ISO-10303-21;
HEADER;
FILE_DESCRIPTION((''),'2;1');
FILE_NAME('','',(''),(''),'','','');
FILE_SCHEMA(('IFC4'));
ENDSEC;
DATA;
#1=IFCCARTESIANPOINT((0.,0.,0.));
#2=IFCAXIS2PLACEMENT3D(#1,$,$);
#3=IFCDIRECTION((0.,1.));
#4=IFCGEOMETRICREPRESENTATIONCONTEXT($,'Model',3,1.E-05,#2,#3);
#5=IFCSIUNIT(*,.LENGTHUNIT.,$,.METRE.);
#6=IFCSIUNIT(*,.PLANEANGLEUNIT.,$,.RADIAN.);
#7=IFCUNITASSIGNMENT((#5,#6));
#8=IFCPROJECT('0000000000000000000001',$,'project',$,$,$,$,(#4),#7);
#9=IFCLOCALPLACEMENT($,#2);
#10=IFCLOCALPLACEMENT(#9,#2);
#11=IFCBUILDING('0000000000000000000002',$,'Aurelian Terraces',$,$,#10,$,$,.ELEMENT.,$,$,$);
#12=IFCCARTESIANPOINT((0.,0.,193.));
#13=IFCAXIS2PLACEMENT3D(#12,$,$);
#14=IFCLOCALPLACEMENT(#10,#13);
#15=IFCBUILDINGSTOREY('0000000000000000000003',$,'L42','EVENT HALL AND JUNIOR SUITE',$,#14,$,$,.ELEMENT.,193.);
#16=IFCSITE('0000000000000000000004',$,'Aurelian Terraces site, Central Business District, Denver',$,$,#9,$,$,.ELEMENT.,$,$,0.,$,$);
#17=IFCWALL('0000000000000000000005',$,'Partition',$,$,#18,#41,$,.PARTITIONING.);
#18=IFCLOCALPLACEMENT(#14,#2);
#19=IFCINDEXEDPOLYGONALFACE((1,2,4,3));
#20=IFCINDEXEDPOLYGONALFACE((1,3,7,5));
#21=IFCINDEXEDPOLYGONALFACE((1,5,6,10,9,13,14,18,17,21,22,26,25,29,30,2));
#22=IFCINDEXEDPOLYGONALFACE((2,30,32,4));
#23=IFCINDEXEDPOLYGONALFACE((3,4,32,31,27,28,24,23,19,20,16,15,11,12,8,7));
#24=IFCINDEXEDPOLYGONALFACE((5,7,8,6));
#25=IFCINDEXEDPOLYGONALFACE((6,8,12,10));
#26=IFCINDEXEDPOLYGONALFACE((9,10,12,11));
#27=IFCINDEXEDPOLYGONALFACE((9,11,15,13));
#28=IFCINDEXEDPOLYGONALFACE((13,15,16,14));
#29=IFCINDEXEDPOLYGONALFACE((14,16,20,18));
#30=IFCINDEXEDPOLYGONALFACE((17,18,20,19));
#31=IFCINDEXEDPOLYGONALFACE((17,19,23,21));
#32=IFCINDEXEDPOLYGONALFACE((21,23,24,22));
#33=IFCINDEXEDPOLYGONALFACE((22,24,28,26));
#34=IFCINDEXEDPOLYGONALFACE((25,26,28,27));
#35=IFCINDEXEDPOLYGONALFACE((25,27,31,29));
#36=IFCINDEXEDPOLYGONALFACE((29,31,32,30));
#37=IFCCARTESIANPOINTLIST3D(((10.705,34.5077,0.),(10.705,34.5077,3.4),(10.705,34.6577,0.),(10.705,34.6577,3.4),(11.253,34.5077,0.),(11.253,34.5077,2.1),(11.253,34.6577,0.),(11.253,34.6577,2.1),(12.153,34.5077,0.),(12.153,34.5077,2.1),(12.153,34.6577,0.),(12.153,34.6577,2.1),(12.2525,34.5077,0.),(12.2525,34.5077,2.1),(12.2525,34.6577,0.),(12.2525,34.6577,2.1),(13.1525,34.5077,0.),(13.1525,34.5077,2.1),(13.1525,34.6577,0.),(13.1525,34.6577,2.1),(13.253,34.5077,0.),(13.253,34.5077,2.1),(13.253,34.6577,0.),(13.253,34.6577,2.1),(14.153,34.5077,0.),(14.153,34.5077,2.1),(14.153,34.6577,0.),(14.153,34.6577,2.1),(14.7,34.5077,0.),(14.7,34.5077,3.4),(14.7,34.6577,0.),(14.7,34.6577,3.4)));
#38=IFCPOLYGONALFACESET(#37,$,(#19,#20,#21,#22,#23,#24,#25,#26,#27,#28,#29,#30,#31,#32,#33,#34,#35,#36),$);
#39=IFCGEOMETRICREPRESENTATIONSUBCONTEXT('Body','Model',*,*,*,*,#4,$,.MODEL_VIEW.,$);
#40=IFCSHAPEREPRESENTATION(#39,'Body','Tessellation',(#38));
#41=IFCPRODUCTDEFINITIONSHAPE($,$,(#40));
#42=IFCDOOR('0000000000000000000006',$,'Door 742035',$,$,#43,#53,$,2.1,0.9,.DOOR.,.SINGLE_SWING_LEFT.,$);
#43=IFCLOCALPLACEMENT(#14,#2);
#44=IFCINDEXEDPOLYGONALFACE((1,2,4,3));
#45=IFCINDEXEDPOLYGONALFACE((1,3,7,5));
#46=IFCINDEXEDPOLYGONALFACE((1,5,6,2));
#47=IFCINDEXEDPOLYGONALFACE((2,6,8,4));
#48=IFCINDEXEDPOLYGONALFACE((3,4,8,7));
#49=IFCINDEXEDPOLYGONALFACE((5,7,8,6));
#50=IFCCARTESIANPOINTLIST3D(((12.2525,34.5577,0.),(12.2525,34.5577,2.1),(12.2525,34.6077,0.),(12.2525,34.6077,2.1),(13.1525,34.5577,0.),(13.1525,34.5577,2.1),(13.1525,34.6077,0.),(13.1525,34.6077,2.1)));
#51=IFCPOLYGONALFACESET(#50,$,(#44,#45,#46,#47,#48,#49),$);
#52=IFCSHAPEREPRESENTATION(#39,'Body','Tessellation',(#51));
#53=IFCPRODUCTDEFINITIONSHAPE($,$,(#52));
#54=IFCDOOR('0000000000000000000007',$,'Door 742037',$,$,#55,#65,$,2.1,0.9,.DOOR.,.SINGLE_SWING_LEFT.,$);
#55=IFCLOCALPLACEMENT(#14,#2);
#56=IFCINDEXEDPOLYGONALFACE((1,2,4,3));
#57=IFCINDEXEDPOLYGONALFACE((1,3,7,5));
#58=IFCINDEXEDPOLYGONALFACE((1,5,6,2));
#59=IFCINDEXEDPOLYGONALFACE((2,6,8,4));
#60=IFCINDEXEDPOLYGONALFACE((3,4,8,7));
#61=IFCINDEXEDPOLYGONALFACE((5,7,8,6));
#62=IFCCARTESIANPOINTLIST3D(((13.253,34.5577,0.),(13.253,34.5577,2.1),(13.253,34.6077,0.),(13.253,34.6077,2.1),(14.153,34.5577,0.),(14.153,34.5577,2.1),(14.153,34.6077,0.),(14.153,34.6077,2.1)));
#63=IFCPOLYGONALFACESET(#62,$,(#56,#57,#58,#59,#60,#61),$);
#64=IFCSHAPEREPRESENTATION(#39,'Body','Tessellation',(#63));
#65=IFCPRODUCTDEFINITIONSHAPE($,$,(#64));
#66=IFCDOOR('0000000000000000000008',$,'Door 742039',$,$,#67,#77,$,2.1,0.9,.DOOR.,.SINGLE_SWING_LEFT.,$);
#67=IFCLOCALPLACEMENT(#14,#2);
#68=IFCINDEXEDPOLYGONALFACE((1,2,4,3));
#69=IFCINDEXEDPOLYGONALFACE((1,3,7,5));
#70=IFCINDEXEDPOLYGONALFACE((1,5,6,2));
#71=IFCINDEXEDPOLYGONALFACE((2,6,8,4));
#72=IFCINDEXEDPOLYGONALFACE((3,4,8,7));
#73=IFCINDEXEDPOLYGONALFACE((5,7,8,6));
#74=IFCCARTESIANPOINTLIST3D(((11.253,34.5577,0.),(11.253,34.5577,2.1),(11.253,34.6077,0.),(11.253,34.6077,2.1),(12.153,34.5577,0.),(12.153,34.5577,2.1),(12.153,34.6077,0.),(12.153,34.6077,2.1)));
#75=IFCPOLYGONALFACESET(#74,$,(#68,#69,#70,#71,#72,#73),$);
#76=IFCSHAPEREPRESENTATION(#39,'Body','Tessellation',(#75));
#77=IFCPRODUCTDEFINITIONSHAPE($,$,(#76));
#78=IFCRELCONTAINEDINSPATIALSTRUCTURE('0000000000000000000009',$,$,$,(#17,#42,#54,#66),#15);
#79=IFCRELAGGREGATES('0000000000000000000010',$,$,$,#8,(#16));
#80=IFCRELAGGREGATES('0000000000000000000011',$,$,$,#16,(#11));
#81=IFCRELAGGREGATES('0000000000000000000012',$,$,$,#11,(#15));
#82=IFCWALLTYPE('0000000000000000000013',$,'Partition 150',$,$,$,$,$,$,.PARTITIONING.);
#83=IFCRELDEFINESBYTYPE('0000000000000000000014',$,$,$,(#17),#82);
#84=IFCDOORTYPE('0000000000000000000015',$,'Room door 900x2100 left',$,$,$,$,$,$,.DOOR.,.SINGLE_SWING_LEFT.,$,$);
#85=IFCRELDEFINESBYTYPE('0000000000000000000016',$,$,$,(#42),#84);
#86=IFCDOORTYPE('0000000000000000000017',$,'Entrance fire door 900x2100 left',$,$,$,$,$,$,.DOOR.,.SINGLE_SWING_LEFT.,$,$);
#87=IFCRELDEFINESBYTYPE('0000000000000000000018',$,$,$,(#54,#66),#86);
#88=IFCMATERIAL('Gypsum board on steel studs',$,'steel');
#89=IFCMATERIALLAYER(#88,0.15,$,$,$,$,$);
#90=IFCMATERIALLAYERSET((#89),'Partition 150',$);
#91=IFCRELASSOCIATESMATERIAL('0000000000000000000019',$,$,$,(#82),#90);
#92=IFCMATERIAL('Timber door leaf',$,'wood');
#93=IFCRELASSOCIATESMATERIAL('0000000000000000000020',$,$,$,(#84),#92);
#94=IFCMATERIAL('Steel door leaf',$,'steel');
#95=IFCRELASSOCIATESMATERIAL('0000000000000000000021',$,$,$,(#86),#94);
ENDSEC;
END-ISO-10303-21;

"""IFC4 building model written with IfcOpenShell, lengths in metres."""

from ifc_helpers import new_model, si_unit, direction, frame, frame_2d, origin, place, context, subcontext, project, spatial, rectangle, extrude, source, transform, mapped, material, layer, layer_set, type_object, element, fill, save


model = new_model("IFC4")

# Units and contexts
model_context = context("Model", 3, precision=1e-05, world=origin(), true_north=direction((0.0, 1.0)))
body_context = subcontext(model_context, "Body", "Model", "MODEL_VIEW")
ifc_project = project(units=[si_unit("LENGTHUNIT", "METRE"), si_unit("PLANEANGLEUNIT", "RADIAN")], contexts=[model_context])

# Site, building, storey
site_placement = place(None, origin())
site = spatial("IfcSite", under=ifc_project, at=site_placement, Name="Aurelian Terraces site, Central Business District, Denver", CompositionType="ELEMENT", RefElevation=0.0)
building_placement = place(site_placement, origin())
building = spatial("IfcBuilding", under=site, at=building_placement, Name="Aurelian Terraces", CompositionType="ELEMENT")
storey_placement = place(building_placement, frame((0.0, 0.0, 193.0)))
storey = spatial("IfcBuildingStorey", under=building, at=storey_placement, Name="L42", Description="EVENT HALL AND JUNIOR SUITE", CompositionType="ELEMENT", Elevation=193.0)

# Shared definitions
ifc_material_1 = material(Name="Gypsum board on steel studs", Category="steel")
shared_shape_1 = source(origin(), body_context, "Body", "SweptSolid", [
    extrude(rectangle(XDim=0.9, YDim=2.1, at=frame_2d((0.45, 1.05))), frame((0.0, 0.085, 0.0), z_axis=(0.0, -1.0, 0.0), x_axis=(1.0, 0.0, 0.0)), (0.0, 0.0, 1.0), 0.17),
])
ifc_material_2 = material(Name="Timber door leaf", Category="wood")
shared_shape_2 = source(origin(), body_context, "Body", "SweptSolid", [
    extrude(rectangle(XDim=0.9, YDim=2.1, at=frame_2d((0.45, 1.05))), frame((0.0, 0.025, 0.0), z_axis=(0.0, -1.0, 0.0), x_axis=(1.0, 0.0, 0.0)), (0.0, 0.0, 1.0), 0.05),
])
ifc_material_3 = material(Name="Steel door leaf", Category="steel")

# Shared definitions
ifc_layer_1 = layer(ifc_material_1, 0.15)
ifc_layer_set_1 = layer_set([ifc_layer_1], Name="Partition 150")
wall_type_1 = type_object("IfcWallType", Name="Partition 150", PredefinedType="PARTITIONING", material=ifc_layer_set_1)

# Shared definitions
shared_shape_3 = source(origin(), body_context, "Body", "SweptSolid", [
    extrude(rectangle(XDim=3.995, YDim=0.15, at=frame_2d((1.9975, 0.0))), origin(), (0.0, 0.0, 1.0), 3.4),
])
door_type_1 = type_object("IfcDoorType", Name="Room door 900x2100 left", OperationType="SINGLE_SWING_LEFT", PredefinedType="DOOR", material=ifc_material_2)

# Wall, openings, doors
wall_1_placement = place(storey_placement, frame((14.7, 34.5827, 0.0), z_axis=(0.0, 0.0, 1.0), x_axis=(-1.0, 0.0, 0.0)))
wall_1 = element("IfcWall", 1, at=wall_1_placement, inside=storey, type_object=wall_type_1, Name="Partition", PredefinedType="PARTITIONING", context=body_context, shape_type="MappedRepresentation", body=[
    mapped(shared_shape_3, transform((0.0, 0.0, 0.0), scale=1.0)),
])
opening_1_placement = place(wall_1_placement, frame((1.5475, 0.0, 0.0)))
opening_1 = element("IfcOpeningElement", 2, at=opening_1_placement, cuts=wall_1, PredefinedType="OPENING", context=body_context, shape_type="MappedRepresentation", body=[
    mapped(shared_shape_1, transform((0.0, 0.0, 0.0), scale=1.0)),
])
opening_2_placement = place(wall_1_placement, frame((0.547, 0.0, 0.0)))
opening_2 = element("IfcOpeningElement", 3, at=opening_2_placement, cuts=wall_1, PredefinedType="OPENING", context=body_context, shape_type="MappedRepresentation", body=[
    mapped(shared_shape_1, transform((0.0, 0.0, 0.0), scale=1.0)),
])
opening_3_placement = place(wall_1_placement, frame((2.547, 0.0, 0.0)))
opening_3 = element("IfcOpeningElement", 4, at=opening_3_placement, cuts=wall_1, PredefinedType="OPENING", context=body_context, shape_type="MappedRepresentation", body=[
    mapped(shared_shape_1, transform((0.0, 0.0, 0.0), scale=1.0)),
])
door_1_placement = place(opening_1_placement, origin())
door_1 = element("IfcDoor", 5, at=door_1_placement, inside=storey, type_object=door_type_1, Name="Door 742035", OperationType="SINGLE_SWING_LEFT", OverallHeight=2.1, OverallWidth=0.9, PredefinedType="DOOR", context=body_context, shape_type="MappedRepresentation", body=[
    mapped(shared_shape_2, transform((0.0, 0.0, 0.0), scale=1.0)),
])
fill(opening_1, door_1)
door_type_2 = type_object("IfcDoorType", Name="Entrance fire door 900x2100 left", OperationType="SINGLE_SWING_LEFT", PredefinedType="DOOR", material=ifc_material_3)
door_2_placement = place(opening_2_placement, origin())
door_2 = element("IfcDoor", 6, at=door_2_placement, inside=storey, type_object=door_type_2, Name="Door 742037", OperationType="SINGLE_SWING_LEFT", OverallHeight=2.1, OverallWidth=0.9, PredefinedType="DOOR", context=body_context, shape_type="MappedRepresentation", body=[
    mapped(shared_shape_2, transform((0.0, 0.0, 0.0), scale=1.0)),
])
fill(opening_2, door_2)
door_3_placement = place(opening_3_placement, origin())
door_3 = element("IfcDoor", 7, at=door_3_placement, inside=storey, type_object=door_type_2, Name="Door 742039", OperationType="SINGLE_SWING_LEFT", OverallHeight=2.1, OverallWidth=0.9, PredefinedType="DOOR", context=body_context, shape_type="MappedRepresentation", body=[
    mapped(shared_shape_2, transform((0.0, 0.0, 0.0), scale=1.0)),
])
fill(opening_3, door_3)

save(model, "model.ifc")
